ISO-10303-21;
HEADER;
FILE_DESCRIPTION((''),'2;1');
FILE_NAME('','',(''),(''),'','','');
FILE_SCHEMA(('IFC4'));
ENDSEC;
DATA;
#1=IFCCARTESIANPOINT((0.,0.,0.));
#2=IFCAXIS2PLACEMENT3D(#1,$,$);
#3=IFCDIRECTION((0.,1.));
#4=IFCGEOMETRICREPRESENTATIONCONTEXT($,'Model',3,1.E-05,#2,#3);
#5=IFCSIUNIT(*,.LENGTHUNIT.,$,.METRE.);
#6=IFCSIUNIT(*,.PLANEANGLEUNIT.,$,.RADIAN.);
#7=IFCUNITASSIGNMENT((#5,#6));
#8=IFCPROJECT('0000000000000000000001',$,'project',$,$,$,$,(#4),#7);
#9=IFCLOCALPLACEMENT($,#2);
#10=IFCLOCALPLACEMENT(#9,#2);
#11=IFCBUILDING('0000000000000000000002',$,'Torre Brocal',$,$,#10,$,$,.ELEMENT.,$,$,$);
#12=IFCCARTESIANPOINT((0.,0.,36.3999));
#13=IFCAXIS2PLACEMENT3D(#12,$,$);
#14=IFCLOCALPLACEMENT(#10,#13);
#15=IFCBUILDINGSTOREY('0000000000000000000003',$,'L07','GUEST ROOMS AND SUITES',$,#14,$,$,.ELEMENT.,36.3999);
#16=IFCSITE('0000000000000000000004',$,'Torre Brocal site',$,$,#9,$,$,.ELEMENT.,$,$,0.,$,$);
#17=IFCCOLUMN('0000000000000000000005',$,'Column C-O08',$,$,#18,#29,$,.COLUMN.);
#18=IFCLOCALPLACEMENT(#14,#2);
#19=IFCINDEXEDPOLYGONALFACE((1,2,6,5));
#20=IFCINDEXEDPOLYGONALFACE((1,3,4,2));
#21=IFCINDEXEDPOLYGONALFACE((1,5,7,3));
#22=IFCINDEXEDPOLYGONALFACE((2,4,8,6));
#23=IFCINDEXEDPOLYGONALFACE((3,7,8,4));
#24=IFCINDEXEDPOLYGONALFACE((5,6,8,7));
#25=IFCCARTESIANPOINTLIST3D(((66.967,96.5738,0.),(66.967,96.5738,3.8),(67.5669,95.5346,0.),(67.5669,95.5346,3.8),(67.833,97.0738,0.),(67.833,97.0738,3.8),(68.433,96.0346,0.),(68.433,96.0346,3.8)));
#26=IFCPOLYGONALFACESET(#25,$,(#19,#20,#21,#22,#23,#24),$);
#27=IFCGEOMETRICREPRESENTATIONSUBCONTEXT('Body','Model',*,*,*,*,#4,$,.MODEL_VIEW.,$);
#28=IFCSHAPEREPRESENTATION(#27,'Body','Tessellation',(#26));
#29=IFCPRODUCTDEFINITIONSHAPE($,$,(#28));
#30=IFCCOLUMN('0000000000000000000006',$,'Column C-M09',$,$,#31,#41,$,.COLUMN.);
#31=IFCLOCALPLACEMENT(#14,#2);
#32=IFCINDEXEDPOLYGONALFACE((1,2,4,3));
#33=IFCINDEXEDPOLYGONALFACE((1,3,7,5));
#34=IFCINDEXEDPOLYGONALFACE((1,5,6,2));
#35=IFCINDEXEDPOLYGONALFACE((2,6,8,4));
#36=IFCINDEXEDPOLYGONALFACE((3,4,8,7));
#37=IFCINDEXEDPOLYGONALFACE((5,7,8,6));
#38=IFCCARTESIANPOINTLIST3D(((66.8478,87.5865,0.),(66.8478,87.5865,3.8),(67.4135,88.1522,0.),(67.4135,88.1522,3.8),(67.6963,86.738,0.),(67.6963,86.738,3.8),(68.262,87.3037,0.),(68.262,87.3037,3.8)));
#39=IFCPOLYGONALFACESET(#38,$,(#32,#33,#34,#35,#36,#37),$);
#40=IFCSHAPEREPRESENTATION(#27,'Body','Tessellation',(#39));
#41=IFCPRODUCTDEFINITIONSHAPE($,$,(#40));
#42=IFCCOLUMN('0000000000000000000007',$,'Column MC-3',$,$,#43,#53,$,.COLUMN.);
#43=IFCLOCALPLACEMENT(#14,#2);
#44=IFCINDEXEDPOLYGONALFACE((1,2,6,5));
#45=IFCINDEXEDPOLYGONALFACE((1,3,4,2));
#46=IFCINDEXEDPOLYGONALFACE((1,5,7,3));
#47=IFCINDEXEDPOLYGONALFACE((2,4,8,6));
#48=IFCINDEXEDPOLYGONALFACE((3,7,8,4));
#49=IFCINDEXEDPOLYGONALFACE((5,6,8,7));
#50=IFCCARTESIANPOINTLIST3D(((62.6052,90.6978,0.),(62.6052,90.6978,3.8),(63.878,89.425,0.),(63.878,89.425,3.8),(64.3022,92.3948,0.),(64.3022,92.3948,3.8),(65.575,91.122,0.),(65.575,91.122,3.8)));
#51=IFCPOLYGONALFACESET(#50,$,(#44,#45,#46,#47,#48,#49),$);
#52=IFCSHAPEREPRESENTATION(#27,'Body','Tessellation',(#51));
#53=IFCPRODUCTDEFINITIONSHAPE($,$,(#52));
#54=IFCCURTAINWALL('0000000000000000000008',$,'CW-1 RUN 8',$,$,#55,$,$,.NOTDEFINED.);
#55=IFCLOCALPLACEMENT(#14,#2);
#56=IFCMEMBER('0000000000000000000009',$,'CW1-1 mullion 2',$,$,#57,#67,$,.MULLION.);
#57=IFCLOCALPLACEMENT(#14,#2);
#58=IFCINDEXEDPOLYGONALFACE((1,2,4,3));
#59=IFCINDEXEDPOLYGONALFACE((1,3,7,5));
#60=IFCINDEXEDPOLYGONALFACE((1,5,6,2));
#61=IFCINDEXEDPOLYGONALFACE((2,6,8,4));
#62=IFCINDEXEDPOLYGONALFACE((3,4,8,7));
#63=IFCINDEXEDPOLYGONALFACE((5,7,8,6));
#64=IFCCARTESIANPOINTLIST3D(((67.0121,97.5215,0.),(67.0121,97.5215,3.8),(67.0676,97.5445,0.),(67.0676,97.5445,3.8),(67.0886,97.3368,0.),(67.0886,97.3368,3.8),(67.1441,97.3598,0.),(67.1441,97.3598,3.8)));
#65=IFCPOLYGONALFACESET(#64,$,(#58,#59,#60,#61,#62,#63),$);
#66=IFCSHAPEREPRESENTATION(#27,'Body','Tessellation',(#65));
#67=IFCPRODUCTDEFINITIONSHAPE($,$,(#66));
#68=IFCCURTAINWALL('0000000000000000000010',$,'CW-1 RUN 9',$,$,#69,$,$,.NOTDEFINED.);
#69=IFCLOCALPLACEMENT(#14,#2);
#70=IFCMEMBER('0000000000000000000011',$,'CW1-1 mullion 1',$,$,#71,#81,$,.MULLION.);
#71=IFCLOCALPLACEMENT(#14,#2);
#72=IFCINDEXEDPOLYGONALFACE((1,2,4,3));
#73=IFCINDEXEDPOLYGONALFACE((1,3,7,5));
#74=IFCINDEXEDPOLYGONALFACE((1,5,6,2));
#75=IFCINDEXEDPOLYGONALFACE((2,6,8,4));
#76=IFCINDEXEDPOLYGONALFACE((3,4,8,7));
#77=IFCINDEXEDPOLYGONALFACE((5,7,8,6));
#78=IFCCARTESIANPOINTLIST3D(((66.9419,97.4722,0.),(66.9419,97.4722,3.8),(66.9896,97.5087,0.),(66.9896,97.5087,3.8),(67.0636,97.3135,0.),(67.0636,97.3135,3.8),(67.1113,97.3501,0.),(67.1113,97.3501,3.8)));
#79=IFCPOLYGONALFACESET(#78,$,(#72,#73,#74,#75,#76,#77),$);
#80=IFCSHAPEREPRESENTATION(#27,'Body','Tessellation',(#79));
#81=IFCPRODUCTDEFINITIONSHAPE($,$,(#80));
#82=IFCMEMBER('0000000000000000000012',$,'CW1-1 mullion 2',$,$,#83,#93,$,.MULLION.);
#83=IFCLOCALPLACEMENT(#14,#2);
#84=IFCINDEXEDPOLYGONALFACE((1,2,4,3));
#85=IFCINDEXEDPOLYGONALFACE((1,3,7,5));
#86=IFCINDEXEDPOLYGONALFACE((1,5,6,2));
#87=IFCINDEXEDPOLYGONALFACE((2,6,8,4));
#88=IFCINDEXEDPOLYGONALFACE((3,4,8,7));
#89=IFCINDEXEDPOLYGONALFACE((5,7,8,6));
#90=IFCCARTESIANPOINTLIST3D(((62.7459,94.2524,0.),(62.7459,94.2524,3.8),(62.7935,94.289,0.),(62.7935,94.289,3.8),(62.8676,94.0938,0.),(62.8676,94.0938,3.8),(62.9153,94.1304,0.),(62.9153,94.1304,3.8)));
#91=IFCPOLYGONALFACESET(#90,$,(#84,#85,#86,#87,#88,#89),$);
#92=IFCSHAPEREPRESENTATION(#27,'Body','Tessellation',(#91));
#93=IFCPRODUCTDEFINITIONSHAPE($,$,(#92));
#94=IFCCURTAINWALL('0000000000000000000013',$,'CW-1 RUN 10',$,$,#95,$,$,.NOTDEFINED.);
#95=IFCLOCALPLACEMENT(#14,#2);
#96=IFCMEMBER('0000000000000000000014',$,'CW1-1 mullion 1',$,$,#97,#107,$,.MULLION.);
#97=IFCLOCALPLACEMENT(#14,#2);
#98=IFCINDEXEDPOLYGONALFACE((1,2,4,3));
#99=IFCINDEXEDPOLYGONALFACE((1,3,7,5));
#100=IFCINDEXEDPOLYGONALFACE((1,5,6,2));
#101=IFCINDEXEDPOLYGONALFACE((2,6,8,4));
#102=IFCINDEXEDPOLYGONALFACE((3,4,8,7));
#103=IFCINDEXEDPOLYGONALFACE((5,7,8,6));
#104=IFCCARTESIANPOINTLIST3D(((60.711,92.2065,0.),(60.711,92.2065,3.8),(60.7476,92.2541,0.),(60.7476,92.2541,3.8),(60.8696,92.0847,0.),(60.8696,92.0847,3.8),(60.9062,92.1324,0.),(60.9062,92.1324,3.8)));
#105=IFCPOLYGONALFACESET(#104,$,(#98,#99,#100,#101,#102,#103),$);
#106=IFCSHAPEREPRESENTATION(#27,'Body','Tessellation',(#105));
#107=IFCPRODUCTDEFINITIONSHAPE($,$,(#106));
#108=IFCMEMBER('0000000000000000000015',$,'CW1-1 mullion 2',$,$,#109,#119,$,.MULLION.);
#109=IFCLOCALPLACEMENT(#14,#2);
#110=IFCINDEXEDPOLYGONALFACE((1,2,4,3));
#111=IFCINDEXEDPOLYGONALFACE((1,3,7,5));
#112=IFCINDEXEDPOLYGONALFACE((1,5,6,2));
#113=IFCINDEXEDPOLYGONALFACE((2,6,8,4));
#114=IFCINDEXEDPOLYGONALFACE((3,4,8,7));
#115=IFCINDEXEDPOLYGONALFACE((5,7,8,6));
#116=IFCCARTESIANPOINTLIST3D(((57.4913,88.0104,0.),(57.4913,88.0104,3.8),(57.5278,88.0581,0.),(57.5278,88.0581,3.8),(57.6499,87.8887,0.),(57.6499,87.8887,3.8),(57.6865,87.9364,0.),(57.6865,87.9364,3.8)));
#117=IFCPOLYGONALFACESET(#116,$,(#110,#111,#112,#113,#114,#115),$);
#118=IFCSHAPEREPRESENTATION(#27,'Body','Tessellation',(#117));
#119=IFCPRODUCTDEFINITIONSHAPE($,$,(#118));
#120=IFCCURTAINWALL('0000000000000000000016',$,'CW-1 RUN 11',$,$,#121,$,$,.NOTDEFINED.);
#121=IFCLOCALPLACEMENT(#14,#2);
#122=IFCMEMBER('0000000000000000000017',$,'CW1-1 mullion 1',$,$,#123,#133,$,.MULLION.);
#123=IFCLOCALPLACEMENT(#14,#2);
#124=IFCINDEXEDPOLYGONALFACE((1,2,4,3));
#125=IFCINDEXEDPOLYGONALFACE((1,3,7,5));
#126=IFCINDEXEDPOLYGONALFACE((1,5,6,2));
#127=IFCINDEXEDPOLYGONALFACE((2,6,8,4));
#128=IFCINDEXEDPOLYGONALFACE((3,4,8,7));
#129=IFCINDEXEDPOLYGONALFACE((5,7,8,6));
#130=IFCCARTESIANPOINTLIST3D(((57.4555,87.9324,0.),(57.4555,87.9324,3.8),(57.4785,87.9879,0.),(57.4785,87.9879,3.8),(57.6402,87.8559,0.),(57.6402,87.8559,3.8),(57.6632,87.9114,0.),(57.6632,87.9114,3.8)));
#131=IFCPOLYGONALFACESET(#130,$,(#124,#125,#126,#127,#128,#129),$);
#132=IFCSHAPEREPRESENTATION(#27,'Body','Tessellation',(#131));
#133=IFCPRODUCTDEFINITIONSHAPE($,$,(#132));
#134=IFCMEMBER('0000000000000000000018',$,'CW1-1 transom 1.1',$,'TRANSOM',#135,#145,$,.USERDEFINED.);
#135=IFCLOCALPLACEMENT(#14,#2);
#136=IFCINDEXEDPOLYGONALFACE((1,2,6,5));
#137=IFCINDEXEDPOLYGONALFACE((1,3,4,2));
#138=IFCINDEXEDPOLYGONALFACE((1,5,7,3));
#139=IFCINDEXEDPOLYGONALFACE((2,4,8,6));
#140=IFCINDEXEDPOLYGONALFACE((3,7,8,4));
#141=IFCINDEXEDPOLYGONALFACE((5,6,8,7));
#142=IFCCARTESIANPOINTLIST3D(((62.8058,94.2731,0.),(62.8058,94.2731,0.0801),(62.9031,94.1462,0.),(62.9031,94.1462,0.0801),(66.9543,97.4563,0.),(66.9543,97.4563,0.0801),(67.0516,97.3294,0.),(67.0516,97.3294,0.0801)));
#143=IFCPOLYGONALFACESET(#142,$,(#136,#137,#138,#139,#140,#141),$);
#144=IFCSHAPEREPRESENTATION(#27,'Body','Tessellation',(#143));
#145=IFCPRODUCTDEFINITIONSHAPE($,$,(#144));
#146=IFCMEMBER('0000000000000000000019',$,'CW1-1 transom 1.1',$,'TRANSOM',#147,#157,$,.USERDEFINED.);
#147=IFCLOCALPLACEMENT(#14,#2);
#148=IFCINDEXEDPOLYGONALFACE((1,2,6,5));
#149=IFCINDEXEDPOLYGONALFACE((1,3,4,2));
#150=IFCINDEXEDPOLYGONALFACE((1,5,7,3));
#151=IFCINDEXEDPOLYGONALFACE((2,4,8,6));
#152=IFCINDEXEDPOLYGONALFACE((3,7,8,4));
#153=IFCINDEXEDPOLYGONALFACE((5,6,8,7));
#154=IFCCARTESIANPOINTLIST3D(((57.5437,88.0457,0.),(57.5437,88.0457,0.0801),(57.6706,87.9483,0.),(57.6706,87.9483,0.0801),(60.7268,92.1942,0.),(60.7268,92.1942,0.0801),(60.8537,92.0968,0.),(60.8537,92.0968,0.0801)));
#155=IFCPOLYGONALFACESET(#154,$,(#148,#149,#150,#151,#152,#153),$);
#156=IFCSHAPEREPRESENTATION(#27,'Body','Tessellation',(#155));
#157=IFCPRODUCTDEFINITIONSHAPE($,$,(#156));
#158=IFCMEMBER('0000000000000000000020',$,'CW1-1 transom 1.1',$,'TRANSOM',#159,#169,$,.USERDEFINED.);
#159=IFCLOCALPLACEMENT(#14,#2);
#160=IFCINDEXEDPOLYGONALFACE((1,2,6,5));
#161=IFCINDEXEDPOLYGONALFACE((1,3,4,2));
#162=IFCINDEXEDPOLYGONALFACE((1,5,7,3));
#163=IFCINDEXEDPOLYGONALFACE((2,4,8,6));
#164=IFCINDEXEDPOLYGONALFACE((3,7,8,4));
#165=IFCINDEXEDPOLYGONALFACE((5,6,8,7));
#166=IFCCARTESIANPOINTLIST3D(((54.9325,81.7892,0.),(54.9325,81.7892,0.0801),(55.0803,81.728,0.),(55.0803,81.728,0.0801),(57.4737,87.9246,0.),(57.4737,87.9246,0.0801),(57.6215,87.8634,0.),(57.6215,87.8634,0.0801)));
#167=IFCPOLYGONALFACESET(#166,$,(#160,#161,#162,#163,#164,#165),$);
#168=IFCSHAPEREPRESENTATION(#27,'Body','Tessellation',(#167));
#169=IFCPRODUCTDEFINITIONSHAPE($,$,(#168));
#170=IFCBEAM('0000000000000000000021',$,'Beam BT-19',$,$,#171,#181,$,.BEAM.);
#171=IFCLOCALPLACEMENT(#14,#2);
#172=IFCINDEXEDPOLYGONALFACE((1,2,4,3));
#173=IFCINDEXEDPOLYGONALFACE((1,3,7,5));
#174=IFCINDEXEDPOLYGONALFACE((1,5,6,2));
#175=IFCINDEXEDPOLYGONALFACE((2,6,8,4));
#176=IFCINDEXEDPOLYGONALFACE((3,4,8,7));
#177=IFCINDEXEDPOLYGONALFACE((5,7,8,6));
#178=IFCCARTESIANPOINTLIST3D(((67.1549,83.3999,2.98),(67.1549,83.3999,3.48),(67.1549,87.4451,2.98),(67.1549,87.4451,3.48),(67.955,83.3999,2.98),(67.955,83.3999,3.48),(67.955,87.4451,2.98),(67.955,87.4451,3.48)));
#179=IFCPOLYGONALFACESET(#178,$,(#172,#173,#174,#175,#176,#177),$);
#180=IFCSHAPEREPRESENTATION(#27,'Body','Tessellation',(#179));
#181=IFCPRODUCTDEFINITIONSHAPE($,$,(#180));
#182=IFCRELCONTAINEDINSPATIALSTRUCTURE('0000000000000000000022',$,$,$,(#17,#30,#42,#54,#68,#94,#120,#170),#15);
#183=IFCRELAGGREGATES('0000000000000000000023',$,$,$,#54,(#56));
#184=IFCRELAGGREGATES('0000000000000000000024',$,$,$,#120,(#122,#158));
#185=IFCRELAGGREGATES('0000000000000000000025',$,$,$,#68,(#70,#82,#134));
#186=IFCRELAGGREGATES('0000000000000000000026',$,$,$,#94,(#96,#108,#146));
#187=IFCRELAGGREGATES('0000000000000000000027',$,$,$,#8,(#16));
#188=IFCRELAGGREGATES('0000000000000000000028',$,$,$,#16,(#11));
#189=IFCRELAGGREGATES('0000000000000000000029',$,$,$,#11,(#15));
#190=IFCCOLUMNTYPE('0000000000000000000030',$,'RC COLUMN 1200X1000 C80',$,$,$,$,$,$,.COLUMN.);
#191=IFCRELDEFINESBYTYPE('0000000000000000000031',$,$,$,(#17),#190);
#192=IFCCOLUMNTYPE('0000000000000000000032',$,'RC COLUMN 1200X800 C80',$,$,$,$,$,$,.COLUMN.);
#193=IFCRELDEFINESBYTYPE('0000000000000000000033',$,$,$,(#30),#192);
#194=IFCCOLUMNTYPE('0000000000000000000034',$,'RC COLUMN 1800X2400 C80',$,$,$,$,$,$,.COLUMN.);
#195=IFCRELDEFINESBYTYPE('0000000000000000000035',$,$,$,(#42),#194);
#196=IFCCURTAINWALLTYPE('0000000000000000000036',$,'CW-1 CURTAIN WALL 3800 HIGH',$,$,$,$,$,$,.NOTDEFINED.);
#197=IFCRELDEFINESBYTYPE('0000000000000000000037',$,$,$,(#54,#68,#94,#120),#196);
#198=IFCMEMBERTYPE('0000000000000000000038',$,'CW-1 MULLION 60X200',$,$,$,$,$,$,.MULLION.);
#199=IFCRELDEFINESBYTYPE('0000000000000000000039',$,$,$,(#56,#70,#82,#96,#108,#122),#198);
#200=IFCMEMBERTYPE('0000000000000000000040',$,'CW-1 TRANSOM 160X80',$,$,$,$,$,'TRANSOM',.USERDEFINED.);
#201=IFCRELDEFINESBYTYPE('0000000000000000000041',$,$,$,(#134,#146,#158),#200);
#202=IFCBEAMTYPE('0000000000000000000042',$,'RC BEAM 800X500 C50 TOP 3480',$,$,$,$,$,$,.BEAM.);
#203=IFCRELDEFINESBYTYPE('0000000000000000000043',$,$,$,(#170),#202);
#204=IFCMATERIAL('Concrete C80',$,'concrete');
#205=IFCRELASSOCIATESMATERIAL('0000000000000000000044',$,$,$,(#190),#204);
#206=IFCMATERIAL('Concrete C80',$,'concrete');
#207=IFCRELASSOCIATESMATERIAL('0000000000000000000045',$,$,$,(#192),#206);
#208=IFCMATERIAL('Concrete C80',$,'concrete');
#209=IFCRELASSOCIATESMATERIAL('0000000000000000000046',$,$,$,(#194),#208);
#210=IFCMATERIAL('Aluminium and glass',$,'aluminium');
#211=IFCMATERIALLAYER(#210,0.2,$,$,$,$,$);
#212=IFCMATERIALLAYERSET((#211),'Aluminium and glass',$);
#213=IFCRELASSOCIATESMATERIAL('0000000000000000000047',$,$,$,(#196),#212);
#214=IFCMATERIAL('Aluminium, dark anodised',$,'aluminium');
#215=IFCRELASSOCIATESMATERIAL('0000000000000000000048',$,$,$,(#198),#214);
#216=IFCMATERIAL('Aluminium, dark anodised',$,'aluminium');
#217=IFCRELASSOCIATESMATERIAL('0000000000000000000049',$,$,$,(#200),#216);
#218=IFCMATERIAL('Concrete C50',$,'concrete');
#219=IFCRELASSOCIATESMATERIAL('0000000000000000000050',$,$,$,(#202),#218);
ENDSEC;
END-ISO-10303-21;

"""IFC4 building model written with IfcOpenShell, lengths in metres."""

from ifc_helpers import new_model, si_unit, direction, frame, origin, origin_2d, place, context, subcontext, project, spatial, rectangle, extrude, material, layer, layer_set, material_profile, profile_set, type_object, element, aggregate, save


model = new_model("IFC4")

# Units and contexts
model_context = context("Model", 3, precision=1e-05, world=origin(), true_north=direction((0.0, 1.0)))
body_context = subcontext(model_context, "Body", "Model", "MODEL_VIEW")
ifc_project = project(units=[si_unit("LENGTHUNIT", "METRE"), si_unit("PLANEANGLEUNIT", "RADIAN")], contexts=[model_context])

# Site, building, storey
site_placement = place(None, origin())
site = spatial("IfcSite", under=ifc_project, at=site_placement, Name="Torre Brocal site", CompositionType="ELEMENT", RefElevation=0.0)
building_placement = place(site_placement, origin())
building = spatial("IfcBuilding", under=site, at=building_placement, Name="Torre Brocal", CompositionType="ELEMENT")
storey_placement = place(building_placement, frame((0.0, 0.0, 36.3999)))
storey = spatial("IfcBuildingStorey", under=building, at=storey_placement, Name="L07", Description="GUEST ROOMS AND SUITES", CompositionType="ELEMENT", Elevation=36.3999)

# Columns
ifc_material_1 = material(Name="Concrete C80", Category="concrete")
ifc_material_profile_1 = material_profile(ifc_material_1, rectangle(XDim=1.2, YDim=1.0, at=origin_2d()), Name="RC 1200X1000")
ifc_profile_set_1 = profile_set([ifc_material_profile_1], Name="Concrete C80")
column_type_1 = type_object("IfcColumnType", Name="RC COLUMN 1200X1000 C80", PredefinedType="COLUMN", material=ifc_profile_set_1)
column_1_placement = place(storey_placement, frame((67.7, 96.3042, 0.0), z_axis=(0.0, 0.0, 1.0), x_axis=(-0.5, 0.866025, 0.0)))
element("IfcColumn", 1, at=column_1_placement, inside=storey, type_object=column_type_1, Name="Column C-O08", PredefinedType="COLUMN", context=body_context, shape_type="SweptSolid", body=[
    extrude(rectangle(XDim=1.2, YDim=1.0, at=origin_2d()), origin(), (0.0, 0.0, 1.0), 3.8),
])
ifc_material_2 = material(Name="Concrete C80", Category="concrete")
ifc_material_profile_2 = material_profile(ifc_material_2, rectangle(XDim=1.2, YDim=0.8, at=origin_2d()), Name="RC 1200X800")
ifc_profile_set_2 = profile_set([ifc_material_profile_2], Name="Concrete C80")
column_type_2 = type_object("IfcColumnType", Name="RC COLUMN 1200X800 C80", PredefinedType="COLUMN", material=ifc_profile_set_2)
column_2_placement = place(storey_placement, frame((67.5549, 87.4451, 0.0), z_axis=(0.0, 0.0, 1.0), x_axis=(-0.707107, 0.707107, 0.0)))
element("IfcColumn", 2, at=column_2_placement, inside=storey, type_object=column_type_2, Name="Column C-M09", PredefinedType="COLUMN", context=body_context, shape_type="SweptSolid", body=[
    extrude(rectangle(XDim=1.2, YDim=0.8, at=origin_2d()), origin(), (0.0, 0.0, 1.0), 3.8),
])
ifc_material_3 = material(Name="Concrete C80", Category="concrete")
ifc_material_profile_3 = material_profile(ifc_material_3, rectangle(XDim=1.8, YDim=2.3999, at=origin_2d()), Name="RC 1800X2400")
ifc_profile_set_3 = profile_set([ifc_material_profile_3], Name="Concrete C80")
column_type_3 = type_object("IfcColumnType", Name="RC COLUMN 1800X2400 C80", PredefinedType="COLUMN", material=ifc_profile_set_3)
column_3_placement = place(storey_placement, frame((64.0901, 90.9099, 0.0), z_axis=(0.0, 0.0, 1.0), x_axis=(-0.707107, 0.707107, 0.0)))
element("IfcColumn", 3, at=column_3_placement, inside=storey, type_object=column_type_3, Name="Column MC-3", PredefinedType="COLUMN", context=body_context, shape_type="SweptSolid", body=[
    extrude(rectangle(XDim=1.8, YDim=2.3999, at=origin_2d()), origin(), (0.0, 0.0, 1.0), 3.8),
])

# Curtain wall, member
ifc_material_4 = material(Name="Aluminium and glass", Category="aluminium")
ifc_layer_1 = layer(ifc_material_4, 0.2)
ifc_layer_set_1 = layer_set([ifc_layer_1], Name="Aluminium and glass")
curtain_wall_type = type_object("IfcCurtainWallType", Name="CW-1 CURTAIN WALL 3800 HIGH", PredefinedType="NOTDEFINED", material=ifc_layer_set_1)
curtain_wall_1_placement = place(storey_placement, origin())
curtain_wall_1 = element("IfcCurtainWall", 4, at=curtain_wall_1_placement, inside=storey, type_object=curtain_wall_type, Name="CW-1 RUN 8", PredefinedType="NOTDEFINED")
ifc_material_5 = material(Name="Aluminium, dark anodised", Category="aluminium")
ifc_material_profile_4 = material_profile(ifc_material_5, rectangle(XDim=0.2, YDim=0.0601, at=origin_2d()), Name="CW-1 MULLION 60X200")
ifc_profile_set_4 = profile_set([ifc_material_profile_4], Name="Aluminium, dark anodised")
member_type_1 = type_object("IfcMemberType", Name="CW-1 MULLION 60X200", PredefinedType="MULLION", material=ifc_profile_set_4)
member_1_placement = place(storey_placement, frame((67.0781, 97.4407, 0.0), z_axis=(0.0, 0.0, 1.0), x_axis=(0.382683, -0.92388, 0.0)))
member_1 = element("IfcMember", 5, at=member_1_placement, type_object=member_type_1, Name="CW1-1 mullion 2", PredefinedType="MULLION", context=body_context, shape_type="SweptSolid", body=[
    extrude(rectangle(XDim=0.2, YDim=0.0601, at=origin_2d()), origin(), (0.0, 0.0, 1.0), 3.8),
])
aggregate(curtain_wall_1, [member_1])

# Curtain walls, members
curtain_wall_2_placement = place(storey_placement, origin())
curtain_wall_2 = element("IfcCurtainWall", 6, at=curtain_wall_2_placement, inside=storey, type_object=curtain_wall_type, Name="CW-1 RUN 9", PredefinedType="NOTDEFINED")
member_2_placement = place(storey_placement, frame((67.0266, 97.4111, 0.0), z_axis=(0.0, 0.0, 1.0), x_axis=(0.608761, -0.793353, 0.0)))
member_2 = element("IfcMember", 7, at=member_2_placement, type_object=member_type_1, Name="CW1-1 mullion 1", PredefinedType="MULLION", context=body_context, shape_type="SweptSolid", body=[
    extrude(rectangle(XDim=0.2, YDim=0.0601, at=origin_2d()), origin(), (0.0, 0.0, 1.0), 3.8),
])
member_3_placement = place(storey_placement, frame((62.8306, 94.1914, 0.0), z_axis=(0.0, 0.0, 1.0), x_axis=(0.608761, -0.793353, 0.0)))
member_3 = element("IfcMember", 8, at=member_3_placement, type_object=member_type_1, Name="CW1-1 mullion 2", PredefinedType="MULLION", context=body_context, shape_type="SweptSolid", body=[
    extrude(rectangle(XDim=0.2, YDim=0.0601, at=origin_2d()), origin(), (0.0, 0.0, 1.0), 3.8),
])
curtain_wall_3_placement = place(storey_placement, origin())
curtain_wall_3 = element("IfcCurtainWall", 9, at=curtain_wall_3_placement, inside=storey, type_object=curtain_wall_type, Name="CW-1 RUN 10", PredefinedType="NOTDEFINED")
member_4_placement = place(storey_placement, frame((60.8086, 92.1694, 0.0), z_axis=(0.0, 0.0, 1.0), x_axis=(0.793353, -0.608761, 0.0)))
member_4 = element("IfcMember", 10, at=member_4_placement, type_object=member_type_1, Name="CW1-1 mullion 1", PredefinedType="MULLION", context=body_context, shape_type="SweptSolid", body=[
    extrude(rectangle(XDim=0.2, YDim=0.0601, at=origin_2d()), origin(), (0.0, 0.0, 1.0), 3.8),
])
member_5_placement = place(storey_placement, frame((57.5889, 87.9734, 0.0), z_axis=(0.0, 0.0, 1.0), x_axis=(0.793353, -0.608761, 0.0)))
member_5 = element("IfcMember", 11, at=member_5_placement, type_object=member_type_1, Name="CW1-1 mullion 2", PredefinedType="MULLION", context=body_context, shape_type="SweptSolid", body=[
    extrude(rectangle(XDim=0.2, YDim=0.0601, at=origin_2d()), origin(), (0.0, 0.0, 1.0), 3.8),
])

# Curtain wall, member
curtain_wall_4_placement = place(storey_placement, origin())
curtain_wall_4 = element("IfcCurtainWall", 12, at=curtain_wall_4_placement, inside=storey, type_object=curtain_wall_type, Name="CW-1 RUN 11", PredefinedType="NOTDEFINED")
member_6_placement = place(storey_placement, frame((57.5593, 87.9219, 0.0), z_axis=(0.0, 0.0, 1.0), x_axis=(0.92388, -0.382683, 0.0)))
member_6 = element("IfcMember", 13, at=member_6_placement, type_object=member_type_1, Name="CW1-1 mullion 1", PredefinedType="MULLION", context=body_context, shape_type="SweptSolid", body=[
    extrude(rectangle(XDim=0.2, YDim=0.0601, at=origin_2d()), origin(), (0.0, 0.0, 1.0), 3.8),
])

# Members
ifc_material_6 = material(Name="Aluminium, dark anodised", Category="aluminium")
ifc_material_profile_5 = material_profile(ifc_material_6, rectangle(XDim=0.1599, YDim=0.0801, at=origin_2d()), Name="CW-1 TRANSOM 160X80")
ifc_profile_set_5 = profile_set([ifc_material_profile_5], Name="Aluminium, dark anodised")
member_type_2 = type_object("IfcMemberType", Name="CW-1 TRANSOM 160X80", ElementType="TRANSOM", PredefinedType="USERDEFINED", material=ifc_profile_set_5)
member_7_placement = place(storey_placement, frame((67.0029, 97.3928, 0.04), z_axis=(-0.793363, -0.608749, 0.0), x_axis=(0.608749, -0.793363, 0.0)))
member_7 = element("IfcMember", 14, at=member_7_placement, type_object=member_type_2, Name="CW1-1 transom 1.1", ObjectType="TRANSOM", PredefinedType="USERDEFINED", context=body_context, shape_type="SweptSolid", body=[
    extrude(rectangle(XDim=0.1599, YDim=0.0801, at=origin_2d()), origin(), (0.0, 0.0, 1.0), 5.229),
])
member_8_placement = place(storey_placement, frame((60.7903, 92.1455, 0.04), z_axis=(-0.608749, -0.793363, 0.0), x_axis=(0.793363, -0.608749, 0.0)))
member_8 = element("IfcMember", 15, at=member_8_placement, type_object=member_type_2, Name="CW1-1 transom 1.1", ObjectType="TRANSOM", PredefinedType="USERDEFINED", context=body_context, shape_type="SweptSolid", body=[
    extrude(rectangle(XDim=0.1599, YDim=0.0801, at=origin_2d()), origin(), (0.0, 0.0, 1.0), 5.229),
])
member_9_placement = place(storey_placement, frame((57.5476, 87.894, 0.04), z_axis=(-0.382665, -0.923887, 0.0), x_axis=(0.923887, -0.382665, 0.0)))
member_9 = element("IfcMember", 16, at=member_9_placement, type_object=member_type_2, Name="CW1-1 transom 1.1", ObjectType="TRANSOM", PredefinedType="USERDEFINED", context=body_context, shape_type="SweptSolid", body=[
    extrude(rectangle(XDim=0.1599, YDim=0.0801, at=origin_2d()), origin(), (0.0, 0.0, 1.0), 6.6409),
])
aggregate(curtain_wall_4, [member_6, member_9])

# Beam
ifc_material_7 = material(Name="Concrete C50", Category="concrete")
ifc_material_profile_6 = material_profile(ifc_material_7, rectangle(XDim=0.8, YDim=0.5, at=origin_2d()), Name="RC 800X500")
ifc_profile_set_6 = profile_set([ifc_material_profile_6], Name="Concrete C50")
beam_type_1 = type_object("IfcBeamType", Name="RC BEAM 800X500 C50 TOP 3480", PredefinedType="BEAM", material=ifc_profile_set_6)
beam_placement = place(storey_placement, frame((67.5549, 87.4451, 3.23), z_axis=(0.0, -1.0, 0.0), x_axis=(1.0, 0.0, 0.0)))
element("IfcBeam", 17, at=beam_placement, inside=storey, type_object=beam_type_1, Name="Beam BT-19", PredefinedType="BEAM", context=body_context, shape_type="SweptSolid", body=[
    extrude(rectangle(XDim=0.8, YDim=0.5, at=origin_2d()), origin(), (0.0, 0.0, 1.0), 4.0452),
])

aggregate(curtain_wall_2, [member_2, member_3, member_7])
aggregate(curtain_wall_3, [member_4, member_5, member_8])

save(model, "model.ifc")
